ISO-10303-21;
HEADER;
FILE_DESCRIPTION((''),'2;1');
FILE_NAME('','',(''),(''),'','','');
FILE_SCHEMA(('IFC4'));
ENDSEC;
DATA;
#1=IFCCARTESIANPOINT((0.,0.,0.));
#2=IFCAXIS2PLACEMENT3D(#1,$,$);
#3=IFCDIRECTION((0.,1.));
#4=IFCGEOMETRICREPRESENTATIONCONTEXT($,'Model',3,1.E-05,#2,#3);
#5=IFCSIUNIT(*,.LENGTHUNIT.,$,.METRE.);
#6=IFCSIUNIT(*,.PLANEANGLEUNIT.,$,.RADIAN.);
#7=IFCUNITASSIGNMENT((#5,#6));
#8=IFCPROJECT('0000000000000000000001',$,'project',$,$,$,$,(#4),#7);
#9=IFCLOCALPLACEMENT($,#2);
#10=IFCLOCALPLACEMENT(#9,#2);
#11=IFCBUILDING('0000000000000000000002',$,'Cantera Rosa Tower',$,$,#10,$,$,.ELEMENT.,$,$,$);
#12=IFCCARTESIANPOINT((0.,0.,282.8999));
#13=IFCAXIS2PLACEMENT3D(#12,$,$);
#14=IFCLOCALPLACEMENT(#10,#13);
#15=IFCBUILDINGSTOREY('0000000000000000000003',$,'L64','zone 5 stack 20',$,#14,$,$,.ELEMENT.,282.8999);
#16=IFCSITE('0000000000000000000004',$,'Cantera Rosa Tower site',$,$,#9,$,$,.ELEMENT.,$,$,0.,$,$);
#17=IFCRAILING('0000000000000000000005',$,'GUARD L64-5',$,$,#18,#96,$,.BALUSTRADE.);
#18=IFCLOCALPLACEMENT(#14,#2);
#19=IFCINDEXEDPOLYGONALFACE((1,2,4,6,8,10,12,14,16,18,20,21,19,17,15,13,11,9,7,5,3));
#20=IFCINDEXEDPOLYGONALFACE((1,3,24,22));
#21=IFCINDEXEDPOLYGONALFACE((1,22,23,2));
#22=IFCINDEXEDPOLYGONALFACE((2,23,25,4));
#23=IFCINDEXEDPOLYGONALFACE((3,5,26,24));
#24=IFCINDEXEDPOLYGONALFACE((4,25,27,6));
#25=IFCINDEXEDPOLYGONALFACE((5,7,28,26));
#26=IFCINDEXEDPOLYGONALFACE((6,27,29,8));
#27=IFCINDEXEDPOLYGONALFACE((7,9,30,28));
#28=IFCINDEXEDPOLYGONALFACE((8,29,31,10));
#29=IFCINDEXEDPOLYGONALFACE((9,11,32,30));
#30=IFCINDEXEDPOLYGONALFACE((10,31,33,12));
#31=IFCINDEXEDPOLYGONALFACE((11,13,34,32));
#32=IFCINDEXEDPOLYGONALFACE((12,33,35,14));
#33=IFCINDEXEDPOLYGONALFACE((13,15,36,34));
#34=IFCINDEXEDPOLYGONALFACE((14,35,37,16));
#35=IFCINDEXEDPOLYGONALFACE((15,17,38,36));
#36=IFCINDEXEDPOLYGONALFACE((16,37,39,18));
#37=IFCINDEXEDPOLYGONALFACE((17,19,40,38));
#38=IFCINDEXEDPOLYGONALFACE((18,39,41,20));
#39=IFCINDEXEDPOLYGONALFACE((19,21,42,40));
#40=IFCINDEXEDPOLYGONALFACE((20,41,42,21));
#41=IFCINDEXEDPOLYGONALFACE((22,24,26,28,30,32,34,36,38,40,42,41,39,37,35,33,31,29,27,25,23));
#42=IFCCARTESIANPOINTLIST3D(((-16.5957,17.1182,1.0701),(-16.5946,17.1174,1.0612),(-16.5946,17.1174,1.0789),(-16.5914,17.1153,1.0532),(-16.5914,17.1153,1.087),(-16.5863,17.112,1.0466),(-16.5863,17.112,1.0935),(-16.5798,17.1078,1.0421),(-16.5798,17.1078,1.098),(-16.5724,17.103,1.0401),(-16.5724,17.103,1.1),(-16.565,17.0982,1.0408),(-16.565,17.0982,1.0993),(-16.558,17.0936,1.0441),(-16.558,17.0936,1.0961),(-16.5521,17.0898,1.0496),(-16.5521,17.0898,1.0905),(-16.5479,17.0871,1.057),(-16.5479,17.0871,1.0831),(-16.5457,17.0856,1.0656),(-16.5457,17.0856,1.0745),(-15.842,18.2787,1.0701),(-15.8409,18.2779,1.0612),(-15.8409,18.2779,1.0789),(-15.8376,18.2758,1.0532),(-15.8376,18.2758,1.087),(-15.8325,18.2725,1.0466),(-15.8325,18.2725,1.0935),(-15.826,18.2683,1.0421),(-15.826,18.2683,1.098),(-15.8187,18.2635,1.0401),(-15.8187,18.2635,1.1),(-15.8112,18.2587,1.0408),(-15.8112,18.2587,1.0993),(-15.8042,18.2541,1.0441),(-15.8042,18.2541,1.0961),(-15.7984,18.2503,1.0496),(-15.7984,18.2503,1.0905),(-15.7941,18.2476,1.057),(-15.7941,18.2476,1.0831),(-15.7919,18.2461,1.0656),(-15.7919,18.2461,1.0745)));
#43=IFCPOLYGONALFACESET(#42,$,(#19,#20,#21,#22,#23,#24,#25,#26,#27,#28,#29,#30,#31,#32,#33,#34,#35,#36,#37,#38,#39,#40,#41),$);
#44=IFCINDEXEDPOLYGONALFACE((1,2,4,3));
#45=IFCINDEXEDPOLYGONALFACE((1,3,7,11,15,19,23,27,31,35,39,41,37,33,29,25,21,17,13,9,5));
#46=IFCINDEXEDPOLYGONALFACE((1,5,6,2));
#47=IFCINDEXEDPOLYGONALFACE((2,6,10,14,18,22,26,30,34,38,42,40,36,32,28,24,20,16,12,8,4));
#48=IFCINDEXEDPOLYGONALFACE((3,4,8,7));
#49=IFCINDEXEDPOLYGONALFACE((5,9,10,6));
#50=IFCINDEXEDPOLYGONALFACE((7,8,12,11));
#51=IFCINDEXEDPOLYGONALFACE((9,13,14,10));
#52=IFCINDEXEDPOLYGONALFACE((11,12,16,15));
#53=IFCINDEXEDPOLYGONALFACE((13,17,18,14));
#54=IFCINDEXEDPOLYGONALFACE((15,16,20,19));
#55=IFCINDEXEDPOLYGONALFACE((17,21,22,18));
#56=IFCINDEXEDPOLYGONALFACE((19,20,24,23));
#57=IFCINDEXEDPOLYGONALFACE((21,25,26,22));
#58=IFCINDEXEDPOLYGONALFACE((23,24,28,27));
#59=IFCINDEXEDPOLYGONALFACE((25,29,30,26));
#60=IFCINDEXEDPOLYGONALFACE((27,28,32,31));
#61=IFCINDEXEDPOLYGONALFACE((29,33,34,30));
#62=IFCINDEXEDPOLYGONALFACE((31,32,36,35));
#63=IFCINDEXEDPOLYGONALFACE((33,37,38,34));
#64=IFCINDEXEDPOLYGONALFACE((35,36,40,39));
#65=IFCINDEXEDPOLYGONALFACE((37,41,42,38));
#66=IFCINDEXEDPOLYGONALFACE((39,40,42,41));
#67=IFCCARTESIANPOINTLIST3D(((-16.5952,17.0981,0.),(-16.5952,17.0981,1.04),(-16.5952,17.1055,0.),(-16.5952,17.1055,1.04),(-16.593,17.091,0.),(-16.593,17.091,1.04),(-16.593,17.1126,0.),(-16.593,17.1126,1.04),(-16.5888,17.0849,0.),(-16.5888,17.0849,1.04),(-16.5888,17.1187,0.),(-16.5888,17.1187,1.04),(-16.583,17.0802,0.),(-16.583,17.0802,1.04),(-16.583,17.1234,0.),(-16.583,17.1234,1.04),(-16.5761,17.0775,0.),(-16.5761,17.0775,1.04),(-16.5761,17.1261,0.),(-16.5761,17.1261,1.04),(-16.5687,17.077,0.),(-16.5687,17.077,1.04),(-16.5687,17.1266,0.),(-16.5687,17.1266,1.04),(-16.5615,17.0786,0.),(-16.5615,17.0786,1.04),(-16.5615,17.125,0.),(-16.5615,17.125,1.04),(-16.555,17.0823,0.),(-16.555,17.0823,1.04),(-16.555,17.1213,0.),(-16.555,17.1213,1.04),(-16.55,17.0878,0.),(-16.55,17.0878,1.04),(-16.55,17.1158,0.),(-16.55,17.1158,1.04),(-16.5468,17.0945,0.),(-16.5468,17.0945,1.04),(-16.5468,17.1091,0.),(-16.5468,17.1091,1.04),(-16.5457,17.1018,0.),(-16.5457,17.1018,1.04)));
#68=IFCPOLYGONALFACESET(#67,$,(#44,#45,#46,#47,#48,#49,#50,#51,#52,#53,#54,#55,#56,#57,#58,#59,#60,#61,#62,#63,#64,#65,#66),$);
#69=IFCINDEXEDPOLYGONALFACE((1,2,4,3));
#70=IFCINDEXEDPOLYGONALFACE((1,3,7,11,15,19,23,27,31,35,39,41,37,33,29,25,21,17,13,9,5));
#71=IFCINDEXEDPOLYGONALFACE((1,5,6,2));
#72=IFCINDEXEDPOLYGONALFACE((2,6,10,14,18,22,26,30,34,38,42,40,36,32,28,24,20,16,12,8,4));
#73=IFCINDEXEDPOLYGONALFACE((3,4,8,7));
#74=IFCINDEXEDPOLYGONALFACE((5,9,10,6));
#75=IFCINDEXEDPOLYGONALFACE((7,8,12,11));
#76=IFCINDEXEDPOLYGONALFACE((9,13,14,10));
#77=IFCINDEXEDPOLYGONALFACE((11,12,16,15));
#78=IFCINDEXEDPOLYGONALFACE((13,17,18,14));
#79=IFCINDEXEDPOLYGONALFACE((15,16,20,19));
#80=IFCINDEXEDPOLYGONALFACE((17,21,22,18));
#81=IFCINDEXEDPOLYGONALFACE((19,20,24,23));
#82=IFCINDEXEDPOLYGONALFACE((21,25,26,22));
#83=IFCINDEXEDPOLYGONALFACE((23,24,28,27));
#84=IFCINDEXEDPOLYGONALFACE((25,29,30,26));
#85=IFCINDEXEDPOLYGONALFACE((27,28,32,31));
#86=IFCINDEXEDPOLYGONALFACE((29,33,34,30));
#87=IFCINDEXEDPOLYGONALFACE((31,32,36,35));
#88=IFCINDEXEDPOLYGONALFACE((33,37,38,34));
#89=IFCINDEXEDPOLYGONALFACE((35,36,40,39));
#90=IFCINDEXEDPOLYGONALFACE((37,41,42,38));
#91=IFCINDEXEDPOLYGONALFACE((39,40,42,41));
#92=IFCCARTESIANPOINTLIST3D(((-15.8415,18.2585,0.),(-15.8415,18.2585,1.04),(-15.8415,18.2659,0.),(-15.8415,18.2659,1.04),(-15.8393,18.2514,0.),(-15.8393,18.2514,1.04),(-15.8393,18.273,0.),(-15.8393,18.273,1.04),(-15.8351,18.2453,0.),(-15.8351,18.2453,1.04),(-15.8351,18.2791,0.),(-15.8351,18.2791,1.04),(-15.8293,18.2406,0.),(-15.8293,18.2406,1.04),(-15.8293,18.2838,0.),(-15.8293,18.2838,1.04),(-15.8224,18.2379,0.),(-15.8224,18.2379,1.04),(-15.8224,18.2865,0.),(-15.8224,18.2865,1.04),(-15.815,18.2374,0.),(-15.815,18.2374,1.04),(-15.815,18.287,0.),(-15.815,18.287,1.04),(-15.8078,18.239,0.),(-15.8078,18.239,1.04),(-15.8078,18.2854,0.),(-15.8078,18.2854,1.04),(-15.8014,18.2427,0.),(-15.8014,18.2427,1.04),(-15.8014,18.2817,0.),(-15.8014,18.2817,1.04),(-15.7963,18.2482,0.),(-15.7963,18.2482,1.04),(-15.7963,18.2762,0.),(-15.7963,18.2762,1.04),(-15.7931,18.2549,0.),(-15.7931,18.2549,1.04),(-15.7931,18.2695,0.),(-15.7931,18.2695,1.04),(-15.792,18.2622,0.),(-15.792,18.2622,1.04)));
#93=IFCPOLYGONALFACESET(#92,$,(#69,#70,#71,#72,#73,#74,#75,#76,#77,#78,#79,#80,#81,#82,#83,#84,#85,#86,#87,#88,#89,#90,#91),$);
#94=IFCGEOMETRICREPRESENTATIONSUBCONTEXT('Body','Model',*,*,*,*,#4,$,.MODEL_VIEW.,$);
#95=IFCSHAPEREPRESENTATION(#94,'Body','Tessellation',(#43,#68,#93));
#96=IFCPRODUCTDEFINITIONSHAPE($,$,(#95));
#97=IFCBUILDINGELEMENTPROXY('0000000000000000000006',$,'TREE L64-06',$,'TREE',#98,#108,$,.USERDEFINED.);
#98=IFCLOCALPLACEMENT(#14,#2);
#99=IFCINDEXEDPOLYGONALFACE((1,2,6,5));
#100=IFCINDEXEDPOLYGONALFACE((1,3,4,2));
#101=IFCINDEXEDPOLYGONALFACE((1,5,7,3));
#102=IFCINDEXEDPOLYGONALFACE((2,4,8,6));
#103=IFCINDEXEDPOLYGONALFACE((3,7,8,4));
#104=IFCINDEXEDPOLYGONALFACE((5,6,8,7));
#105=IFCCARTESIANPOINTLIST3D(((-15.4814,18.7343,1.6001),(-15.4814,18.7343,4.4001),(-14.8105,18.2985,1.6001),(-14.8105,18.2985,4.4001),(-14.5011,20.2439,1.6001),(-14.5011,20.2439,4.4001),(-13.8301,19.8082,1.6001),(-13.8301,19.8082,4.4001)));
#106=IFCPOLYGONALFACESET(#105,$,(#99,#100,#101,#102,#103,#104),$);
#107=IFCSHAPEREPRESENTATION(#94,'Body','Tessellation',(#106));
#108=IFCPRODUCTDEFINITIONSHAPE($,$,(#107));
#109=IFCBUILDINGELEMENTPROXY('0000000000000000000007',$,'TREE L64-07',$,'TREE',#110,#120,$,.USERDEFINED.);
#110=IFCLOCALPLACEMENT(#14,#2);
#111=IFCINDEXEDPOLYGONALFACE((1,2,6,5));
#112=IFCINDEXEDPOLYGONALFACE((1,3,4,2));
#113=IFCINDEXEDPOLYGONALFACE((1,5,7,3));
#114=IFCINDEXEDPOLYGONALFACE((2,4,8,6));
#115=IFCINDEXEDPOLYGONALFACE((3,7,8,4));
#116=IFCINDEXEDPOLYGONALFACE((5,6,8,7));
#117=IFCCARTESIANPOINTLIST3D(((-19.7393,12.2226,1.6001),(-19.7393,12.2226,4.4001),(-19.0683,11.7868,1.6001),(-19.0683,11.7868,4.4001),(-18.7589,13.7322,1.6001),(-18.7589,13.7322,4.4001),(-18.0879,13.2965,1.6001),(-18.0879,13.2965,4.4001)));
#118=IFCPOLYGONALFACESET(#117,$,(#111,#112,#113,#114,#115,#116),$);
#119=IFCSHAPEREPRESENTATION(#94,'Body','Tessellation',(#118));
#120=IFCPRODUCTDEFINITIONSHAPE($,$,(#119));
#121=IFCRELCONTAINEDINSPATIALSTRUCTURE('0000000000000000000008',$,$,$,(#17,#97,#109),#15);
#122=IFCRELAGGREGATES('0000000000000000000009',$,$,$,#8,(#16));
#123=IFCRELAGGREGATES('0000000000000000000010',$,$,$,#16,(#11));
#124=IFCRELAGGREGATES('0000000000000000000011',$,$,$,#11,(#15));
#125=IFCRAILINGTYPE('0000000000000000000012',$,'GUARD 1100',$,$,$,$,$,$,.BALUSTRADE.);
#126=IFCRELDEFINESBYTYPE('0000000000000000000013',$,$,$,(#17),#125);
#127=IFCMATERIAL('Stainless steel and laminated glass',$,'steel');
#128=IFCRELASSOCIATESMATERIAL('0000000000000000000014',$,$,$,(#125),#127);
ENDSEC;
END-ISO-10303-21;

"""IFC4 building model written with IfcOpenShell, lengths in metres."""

from ifc_helpers import new_model, si_unit, direction, frame, origin, origin_2d, place, context, subcontext, project, spatial, rectangle, circle, extrude, material, type_object, element, save


model = new_model("IFC4")

# Units and contexts
model_context = context("Model", 3, precision=1e-05, world=origin(), true_north=direction((0.0, 1.0)))
body_context = subcontext(model_context, "Body", "Model", "MODEL_VIEW")
ifc_project = project(units=[si_unit("LENGTHUNIT", "METRE"), si_unit("PLANEANGLEUNIT", "RADIAN")], contexts=[model_context])

# Site, building, storey
site_placement = place(None, origin())
site = spatial("IfcSite", under=ifc_project, at=site_placement, Name="Cantera Rosa Tower site", CompositionType="ELEMENT", RefElevation=0.0)
building_placement = place(site_placement, origin())
building = spatial("IfcBuilding", under=site, at=building_placement, Name="Cantera Rosa Tower", CompositionType="ELEMENT")
storey_placement = place(building_placement, frame((0.0, 0.0, 282.8999)))
storey = spatial("IfcBuildingStorey", under=building, at=storey_placement, Name="L64", Description="zone 5 stack 20", CompositionType="ELEMENT", Elevation=282.8999)

# Railing
ifc_material_1 = material(Name="Stainless steel and laminated glass", Category="steel")
railing_type = type_object("IfcRailingType", Name="GUARD 1100", PredefinedType="BALUSTRADE", material=ifc_material_1)
railing_1_placement = place(storey_placement, frame((-16.5706, 17.1018, 0.0)))
element("IfcRailing", 1, at=railing_1_placement, inside=storey, type_object=railing_type, Name="GUARD L64-5", PredefinedType="BALUSTRADE", context=body_context, shape_type="SweptSolid", body=[
    extrude(circle(Radius=0.03, at=origin_2d()), frame((0.0, 0.0, 1.0701), z_axis=(0.544684, 0.838641, 0.0), x_axis=(-0.838641, 0.544684, 0.0)), (0.0, 0.0, 1.0), 1.3838),
    extrude(circle(Radius=0.0249, at=origin_2d()), origin(), (0.0, 0.0, 1.0), 1.04),
    extrude(circle(Radius=0.0249, at=origin_2d()), frame((0.7537, 1.1604, 0.0)), (0.0, 0.0, 1.0), 1.04),
])

# Building element proxies
for number, where, z_axis, x_axis, name in (
    (2, (-14.6558, 19.2712, 1.6001), (0.0, 0.0, 1.0), (-0.544639, -0.838671, 0.0), "TREE L64-06"),
    (3, (-18.9136, 12.7595, 1.6001), (0.0, 0.0, 1.0), (-0.544639, -0.838671, 0.0), "TREE L64-07"),
):
    element("IfcBuildingElementProxy", number, at=place(storey_placement, frame(where, z_axis=z_axis, x_axis=x_axis)), inside=storey, Name=name, ObjectType="TREE", PredefinedType="USERDEFINED", context=body_context, shape_type="SweptSolid", body=[
        extrude(rectangle(XDim=1.8, YDim=0.8, at=origin_2d()), origin(), (0.0, 0.0, 1.0), 2.8),
    ])

save(model, "model.ifc")
